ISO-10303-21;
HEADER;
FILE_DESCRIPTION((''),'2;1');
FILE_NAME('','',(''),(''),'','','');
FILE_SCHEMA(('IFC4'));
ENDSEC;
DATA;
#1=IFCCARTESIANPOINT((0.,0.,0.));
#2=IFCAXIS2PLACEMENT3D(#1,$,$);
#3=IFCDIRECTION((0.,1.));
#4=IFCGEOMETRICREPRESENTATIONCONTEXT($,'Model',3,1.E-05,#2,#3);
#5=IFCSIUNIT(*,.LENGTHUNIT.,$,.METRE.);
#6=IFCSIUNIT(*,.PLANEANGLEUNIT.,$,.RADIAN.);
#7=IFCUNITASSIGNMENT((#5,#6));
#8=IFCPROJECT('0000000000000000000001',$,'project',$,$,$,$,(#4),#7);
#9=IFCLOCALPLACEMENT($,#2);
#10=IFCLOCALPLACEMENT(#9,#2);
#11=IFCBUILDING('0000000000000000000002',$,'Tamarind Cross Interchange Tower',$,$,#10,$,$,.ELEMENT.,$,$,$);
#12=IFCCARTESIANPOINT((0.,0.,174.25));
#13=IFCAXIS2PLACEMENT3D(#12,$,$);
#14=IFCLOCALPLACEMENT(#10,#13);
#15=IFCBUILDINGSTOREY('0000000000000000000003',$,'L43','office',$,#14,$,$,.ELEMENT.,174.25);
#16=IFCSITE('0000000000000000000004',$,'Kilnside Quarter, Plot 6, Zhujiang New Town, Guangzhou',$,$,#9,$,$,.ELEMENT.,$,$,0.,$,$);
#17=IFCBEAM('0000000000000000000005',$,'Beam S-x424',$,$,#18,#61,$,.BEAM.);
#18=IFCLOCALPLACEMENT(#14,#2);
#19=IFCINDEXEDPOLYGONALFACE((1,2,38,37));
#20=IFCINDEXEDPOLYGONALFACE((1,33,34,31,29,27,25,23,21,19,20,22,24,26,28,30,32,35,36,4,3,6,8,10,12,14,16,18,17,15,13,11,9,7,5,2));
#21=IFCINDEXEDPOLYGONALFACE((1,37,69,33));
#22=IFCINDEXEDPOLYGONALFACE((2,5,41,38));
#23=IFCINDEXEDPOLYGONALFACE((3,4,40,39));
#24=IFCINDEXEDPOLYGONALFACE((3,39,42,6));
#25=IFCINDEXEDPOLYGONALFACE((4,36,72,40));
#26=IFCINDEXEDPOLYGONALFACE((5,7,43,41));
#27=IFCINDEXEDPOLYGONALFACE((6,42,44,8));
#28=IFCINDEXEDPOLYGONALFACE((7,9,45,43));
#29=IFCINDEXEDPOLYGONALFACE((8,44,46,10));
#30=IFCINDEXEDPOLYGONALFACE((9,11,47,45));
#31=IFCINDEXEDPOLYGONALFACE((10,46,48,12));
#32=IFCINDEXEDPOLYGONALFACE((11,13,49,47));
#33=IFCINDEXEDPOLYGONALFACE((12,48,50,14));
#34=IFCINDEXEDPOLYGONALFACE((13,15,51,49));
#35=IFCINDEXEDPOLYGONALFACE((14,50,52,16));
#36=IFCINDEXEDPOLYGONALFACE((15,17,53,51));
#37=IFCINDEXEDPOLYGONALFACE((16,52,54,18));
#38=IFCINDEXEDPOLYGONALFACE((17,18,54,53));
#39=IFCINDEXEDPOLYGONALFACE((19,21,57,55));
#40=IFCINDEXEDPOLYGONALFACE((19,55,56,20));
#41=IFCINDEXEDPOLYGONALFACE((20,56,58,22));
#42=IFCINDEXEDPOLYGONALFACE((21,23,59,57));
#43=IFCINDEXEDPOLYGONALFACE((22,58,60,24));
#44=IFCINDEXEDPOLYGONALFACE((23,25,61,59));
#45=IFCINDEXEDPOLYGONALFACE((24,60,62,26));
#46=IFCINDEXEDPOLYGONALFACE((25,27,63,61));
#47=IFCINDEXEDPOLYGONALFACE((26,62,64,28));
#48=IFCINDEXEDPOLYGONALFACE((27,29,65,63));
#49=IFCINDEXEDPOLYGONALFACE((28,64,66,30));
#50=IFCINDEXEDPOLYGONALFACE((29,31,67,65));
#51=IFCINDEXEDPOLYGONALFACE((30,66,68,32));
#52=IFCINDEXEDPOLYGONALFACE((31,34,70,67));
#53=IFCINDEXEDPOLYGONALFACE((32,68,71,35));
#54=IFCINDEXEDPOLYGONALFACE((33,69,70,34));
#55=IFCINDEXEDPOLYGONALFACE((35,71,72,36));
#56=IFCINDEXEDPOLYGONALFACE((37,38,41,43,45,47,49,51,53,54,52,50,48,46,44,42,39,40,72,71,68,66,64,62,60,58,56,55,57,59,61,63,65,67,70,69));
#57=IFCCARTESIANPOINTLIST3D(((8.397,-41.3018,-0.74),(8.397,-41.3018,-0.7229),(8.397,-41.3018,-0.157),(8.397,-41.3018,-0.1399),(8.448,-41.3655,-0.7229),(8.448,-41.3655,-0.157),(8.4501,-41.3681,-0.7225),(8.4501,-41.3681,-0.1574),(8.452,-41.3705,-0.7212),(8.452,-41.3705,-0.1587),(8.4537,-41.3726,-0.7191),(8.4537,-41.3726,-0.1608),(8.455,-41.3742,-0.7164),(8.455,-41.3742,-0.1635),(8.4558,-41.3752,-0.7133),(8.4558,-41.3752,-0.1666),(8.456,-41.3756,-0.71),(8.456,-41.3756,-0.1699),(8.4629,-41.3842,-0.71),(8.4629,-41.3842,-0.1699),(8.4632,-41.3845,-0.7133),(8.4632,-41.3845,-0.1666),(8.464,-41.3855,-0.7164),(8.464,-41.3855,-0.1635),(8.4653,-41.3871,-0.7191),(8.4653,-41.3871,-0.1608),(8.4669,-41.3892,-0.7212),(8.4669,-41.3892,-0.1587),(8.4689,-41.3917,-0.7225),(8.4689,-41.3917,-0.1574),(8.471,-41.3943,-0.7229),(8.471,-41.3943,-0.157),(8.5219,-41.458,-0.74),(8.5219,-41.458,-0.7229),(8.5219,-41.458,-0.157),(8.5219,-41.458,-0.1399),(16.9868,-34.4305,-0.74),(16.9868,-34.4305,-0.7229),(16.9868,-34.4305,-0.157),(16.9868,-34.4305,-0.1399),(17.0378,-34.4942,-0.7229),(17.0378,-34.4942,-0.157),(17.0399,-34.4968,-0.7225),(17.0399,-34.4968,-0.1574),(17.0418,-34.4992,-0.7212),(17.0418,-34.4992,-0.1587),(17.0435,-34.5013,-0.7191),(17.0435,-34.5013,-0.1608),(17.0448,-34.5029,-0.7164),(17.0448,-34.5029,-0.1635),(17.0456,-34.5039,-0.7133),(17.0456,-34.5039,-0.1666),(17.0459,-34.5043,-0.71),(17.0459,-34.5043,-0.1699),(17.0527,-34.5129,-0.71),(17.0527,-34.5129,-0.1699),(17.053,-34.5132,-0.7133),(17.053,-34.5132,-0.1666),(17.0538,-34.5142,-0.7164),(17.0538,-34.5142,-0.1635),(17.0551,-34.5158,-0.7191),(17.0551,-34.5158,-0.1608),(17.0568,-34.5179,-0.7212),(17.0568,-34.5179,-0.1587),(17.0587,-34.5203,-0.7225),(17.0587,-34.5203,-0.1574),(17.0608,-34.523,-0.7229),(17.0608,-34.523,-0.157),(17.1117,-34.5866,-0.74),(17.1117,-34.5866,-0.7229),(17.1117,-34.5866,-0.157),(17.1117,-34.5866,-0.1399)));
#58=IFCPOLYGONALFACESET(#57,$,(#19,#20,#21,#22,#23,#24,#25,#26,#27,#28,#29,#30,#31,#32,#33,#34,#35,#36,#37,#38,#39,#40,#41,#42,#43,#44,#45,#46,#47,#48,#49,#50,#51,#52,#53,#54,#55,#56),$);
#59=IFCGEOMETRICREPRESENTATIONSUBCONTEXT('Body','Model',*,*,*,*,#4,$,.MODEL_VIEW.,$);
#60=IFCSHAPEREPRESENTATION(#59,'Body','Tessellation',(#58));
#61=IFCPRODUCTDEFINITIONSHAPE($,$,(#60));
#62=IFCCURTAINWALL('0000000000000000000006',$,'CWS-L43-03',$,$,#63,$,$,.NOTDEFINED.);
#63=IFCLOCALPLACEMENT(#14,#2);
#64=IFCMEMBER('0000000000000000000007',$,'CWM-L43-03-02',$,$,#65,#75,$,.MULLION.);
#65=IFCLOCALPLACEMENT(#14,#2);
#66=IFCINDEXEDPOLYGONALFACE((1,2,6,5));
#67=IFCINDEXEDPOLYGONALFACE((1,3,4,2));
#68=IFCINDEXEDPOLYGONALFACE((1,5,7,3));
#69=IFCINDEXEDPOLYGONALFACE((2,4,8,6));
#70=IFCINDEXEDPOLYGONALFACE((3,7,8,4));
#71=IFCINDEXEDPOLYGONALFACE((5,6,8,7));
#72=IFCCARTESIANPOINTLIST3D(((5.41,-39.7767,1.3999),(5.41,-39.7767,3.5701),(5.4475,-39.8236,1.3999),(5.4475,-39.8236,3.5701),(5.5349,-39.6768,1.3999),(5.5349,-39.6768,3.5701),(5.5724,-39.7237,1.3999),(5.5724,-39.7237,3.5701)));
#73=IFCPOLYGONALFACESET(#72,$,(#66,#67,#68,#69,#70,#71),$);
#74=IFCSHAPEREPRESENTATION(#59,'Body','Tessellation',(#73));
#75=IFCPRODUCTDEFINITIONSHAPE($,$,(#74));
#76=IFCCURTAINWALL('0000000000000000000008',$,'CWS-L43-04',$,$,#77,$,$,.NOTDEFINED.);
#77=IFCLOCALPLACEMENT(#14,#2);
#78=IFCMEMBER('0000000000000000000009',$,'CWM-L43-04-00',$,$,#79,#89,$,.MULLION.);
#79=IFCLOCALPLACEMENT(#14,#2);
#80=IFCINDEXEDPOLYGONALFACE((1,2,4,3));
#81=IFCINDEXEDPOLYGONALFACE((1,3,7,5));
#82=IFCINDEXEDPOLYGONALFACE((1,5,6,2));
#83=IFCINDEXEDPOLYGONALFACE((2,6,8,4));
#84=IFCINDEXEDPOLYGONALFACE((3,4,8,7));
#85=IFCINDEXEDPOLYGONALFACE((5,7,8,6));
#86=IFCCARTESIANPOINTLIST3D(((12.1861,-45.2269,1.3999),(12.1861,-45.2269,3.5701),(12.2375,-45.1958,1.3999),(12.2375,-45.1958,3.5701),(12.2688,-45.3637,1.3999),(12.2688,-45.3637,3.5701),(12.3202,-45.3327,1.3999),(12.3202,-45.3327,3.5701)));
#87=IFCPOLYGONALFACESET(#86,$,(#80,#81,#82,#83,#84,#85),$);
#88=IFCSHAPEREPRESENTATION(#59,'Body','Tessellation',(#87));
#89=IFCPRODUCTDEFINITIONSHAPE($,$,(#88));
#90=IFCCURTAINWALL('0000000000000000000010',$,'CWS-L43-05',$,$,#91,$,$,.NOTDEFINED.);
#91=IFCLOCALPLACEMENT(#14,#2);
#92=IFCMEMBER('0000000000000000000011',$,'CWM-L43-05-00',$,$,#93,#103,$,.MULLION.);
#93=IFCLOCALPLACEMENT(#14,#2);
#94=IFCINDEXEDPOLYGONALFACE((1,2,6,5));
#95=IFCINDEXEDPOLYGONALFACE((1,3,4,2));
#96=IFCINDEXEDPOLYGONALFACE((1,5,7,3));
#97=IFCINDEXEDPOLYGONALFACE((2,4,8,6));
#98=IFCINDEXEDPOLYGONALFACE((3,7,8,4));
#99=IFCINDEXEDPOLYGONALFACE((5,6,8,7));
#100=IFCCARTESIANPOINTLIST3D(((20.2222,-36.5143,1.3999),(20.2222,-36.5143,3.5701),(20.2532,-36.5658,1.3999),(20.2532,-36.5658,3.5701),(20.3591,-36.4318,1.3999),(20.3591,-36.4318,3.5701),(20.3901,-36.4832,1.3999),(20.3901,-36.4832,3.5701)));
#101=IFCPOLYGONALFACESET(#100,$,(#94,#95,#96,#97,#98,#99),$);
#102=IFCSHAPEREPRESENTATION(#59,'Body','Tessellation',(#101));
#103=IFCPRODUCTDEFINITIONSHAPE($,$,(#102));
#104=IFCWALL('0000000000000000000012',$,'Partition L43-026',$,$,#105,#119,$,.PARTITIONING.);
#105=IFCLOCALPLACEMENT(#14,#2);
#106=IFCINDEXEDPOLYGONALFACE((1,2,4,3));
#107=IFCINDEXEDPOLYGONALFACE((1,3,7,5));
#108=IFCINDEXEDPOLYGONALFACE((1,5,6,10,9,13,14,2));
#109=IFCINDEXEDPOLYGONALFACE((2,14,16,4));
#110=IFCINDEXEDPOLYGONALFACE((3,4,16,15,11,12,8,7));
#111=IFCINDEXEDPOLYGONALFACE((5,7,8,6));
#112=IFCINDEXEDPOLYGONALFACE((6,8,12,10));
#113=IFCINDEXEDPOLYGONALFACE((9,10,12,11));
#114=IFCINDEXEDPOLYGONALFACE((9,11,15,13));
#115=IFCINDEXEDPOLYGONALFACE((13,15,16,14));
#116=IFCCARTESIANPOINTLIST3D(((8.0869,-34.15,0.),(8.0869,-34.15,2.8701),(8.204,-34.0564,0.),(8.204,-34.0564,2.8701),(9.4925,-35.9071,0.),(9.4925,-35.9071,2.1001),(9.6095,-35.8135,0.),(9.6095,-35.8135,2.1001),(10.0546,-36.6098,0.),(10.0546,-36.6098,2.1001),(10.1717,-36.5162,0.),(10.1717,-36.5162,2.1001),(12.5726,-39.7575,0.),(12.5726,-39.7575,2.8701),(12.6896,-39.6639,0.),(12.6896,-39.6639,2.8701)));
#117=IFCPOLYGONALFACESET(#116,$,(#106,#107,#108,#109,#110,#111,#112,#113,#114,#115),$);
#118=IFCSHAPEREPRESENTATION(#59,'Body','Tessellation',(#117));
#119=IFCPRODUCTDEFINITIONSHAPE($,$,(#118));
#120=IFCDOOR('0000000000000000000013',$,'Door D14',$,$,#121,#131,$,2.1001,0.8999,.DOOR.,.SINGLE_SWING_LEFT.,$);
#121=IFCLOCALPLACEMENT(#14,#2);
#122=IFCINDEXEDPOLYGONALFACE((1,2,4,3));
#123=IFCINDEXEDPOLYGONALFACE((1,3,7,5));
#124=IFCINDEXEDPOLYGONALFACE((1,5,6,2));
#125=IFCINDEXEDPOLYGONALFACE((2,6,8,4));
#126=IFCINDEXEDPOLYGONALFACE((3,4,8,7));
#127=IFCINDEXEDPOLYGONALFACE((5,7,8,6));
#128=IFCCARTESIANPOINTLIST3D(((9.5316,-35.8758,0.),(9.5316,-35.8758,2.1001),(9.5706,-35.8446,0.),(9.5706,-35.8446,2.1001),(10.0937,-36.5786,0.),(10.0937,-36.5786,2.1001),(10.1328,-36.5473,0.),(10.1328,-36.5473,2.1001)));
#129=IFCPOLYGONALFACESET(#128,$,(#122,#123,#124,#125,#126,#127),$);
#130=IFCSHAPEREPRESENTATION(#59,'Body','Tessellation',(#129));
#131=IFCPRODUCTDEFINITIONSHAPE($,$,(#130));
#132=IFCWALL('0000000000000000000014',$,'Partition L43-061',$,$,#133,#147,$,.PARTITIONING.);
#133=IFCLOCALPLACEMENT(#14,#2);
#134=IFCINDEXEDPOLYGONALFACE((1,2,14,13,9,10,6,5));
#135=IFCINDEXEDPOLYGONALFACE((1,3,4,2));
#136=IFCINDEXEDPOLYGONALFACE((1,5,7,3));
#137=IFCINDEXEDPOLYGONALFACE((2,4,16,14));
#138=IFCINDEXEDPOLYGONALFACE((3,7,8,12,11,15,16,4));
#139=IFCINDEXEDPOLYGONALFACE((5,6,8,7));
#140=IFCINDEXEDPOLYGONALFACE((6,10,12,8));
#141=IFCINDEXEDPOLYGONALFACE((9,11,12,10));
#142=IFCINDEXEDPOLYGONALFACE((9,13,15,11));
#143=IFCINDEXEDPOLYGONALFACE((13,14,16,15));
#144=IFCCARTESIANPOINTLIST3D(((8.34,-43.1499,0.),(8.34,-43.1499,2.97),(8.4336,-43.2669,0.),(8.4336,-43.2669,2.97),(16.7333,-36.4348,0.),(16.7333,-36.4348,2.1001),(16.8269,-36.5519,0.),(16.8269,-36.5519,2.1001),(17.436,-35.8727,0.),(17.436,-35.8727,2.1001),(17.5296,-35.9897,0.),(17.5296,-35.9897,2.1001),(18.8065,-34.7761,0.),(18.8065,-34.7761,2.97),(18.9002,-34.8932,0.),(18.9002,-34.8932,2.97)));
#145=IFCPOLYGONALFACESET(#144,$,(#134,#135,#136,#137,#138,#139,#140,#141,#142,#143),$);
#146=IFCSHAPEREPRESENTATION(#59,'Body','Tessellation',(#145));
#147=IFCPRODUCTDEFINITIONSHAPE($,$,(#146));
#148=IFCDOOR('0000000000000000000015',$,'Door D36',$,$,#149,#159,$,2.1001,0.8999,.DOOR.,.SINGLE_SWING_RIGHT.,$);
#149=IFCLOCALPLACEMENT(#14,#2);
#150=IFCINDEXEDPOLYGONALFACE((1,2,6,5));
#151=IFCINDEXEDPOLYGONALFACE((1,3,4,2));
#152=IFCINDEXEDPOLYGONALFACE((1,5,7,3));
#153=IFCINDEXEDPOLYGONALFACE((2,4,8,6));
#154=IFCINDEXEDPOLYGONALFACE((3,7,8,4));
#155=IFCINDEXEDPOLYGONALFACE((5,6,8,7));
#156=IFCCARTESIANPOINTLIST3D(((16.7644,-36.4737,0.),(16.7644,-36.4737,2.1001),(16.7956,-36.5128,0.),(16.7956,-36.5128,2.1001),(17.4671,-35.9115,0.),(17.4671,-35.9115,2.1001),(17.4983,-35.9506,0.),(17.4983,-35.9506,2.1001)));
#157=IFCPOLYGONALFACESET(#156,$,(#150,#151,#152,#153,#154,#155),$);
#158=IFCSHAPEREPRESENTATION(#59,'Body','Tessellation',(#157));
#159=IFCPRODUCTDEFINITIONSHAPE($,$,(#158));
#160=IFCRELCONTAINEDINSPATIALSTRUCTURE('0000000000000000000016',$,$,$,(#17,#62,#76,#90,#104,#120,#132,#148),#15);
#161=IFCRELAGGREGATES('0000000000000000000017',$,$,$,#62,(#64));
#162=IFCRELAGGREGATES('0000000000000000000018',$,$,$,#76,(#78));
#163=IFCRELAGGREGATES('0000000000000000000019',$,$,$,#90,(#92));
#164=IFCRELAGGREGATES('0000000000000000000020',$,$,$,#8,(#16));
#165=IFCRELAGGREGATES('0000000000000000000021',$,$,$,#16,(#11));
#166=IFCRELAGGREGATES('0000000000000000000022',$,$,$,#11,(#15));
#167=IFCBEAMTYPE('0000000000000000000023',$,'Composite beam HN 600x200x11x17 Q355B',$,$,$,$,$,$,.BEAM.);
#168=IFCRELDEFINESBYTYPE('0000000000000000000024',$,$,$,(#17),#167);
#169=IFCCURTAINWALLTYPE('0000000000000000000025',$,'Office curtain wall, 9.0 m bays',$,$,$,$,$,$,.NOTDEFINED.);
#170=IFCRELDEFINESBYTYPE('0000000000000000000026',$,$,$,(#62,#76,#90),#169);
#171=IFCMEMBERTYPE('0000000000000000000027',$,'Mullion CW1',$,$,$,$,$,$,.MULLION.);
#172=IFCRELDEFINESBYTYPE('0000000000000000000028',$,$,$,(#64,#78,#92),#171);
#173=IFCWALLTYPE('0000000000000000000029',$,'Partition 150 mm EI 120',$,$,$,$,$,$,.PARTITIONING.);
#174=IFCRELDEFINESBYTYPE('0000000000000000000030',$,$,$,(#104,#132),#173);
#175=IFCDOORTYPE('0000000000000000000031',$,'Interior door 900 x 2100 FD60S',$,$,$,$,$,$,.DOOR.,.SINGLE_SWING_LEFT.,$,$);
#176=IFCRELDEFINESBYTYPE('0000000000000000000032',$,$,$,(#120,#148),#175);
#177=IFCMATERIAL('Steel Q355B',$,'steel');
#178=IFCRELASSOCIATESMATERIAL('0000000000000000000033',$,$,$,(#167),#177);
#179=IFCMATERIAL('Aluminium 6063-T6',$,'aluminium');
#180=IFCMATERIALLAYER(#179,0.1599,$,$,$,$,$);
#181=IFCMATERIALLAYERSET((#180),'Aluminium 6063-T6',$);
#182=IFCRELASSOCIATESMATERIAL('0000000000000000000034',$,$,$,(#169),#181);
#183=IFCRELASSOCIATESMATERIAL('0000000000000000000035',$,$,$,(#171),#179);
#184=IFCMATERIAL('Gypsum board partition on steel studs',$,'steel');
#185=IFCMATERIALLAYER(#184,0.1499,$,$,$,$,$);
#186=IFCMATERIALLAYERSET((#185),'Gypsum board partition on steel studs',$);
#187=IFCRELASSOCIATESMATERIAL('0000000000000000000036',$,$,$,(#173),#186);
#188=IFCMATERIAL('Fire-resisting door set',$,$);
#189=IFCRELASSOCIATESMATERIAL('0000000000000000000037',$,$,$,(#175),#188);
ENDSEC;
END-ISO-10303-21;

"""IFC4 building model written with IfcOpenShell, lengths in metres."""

from ifc_helpers import new_model, si_unit, direction, frame, frame_2d, origin, origin_2d, place, context, subcontext, project, spatial, rectangle, i_section, extrude, material, layer, layer_set, material_profile, profile_set, type_object, element, fill, aggregate, save


model = new_model("IFC4")

# Units and contexts
model_context = context("Model", 3, precision=1e-05, world=origin(), true_north=direction((0.0, 1.0)))
body_context = subcontext(model_context, "Body", "Model", "MODEL_VIEW")
ifc_project = project(units=[si_unit("LENGTHUNIT", "METRE"), si_unit("PLANEANGLEUNIT", "RADIAN")], contexts=[model_context])

# Site, building, storey
site_placement = place(None, origin())
site = spatial("IfcSite", under=ifc_project, at=site_placement, Name="Kilnside Quarter, Plot 6, Zhujiang New Town, Guangzhou", CompositionType="ELEMENT", RefElevation=0.0)
building_placement = place(site_placement, origin())
building = spatial("IfcBuilding", under=site, at=building_placement, Name="Tamarind Cross Interchange Tower", CompositionType="ELEMENT")
storey_placement = place(building_placement, frame((0.0, 0.0, 174.25)))
storey = spatial("IfcBuildingStorey", under=building, at=storey_placement, Name="L43", Description="office", CompositionType="ELEMENT", Elevation=174.25)

# Beam
ifc_material_1 = material(Name="Steel Q355B", Category="steel")
ifc_material_profile_1 = material_profile(ifc_material_1, i_section(OverallWidth=0.2, OverallDepth=0.6001, WebThickness=0.011, FlangeThickness=0.0171, FilletRadius=0.0129, at=origin_2d()), Name="HN 600x200x11x17")
ifc_profile_set_1 = profile_set([ifc_material_profile_1], Name="Steel Q355B")
beam_type_1 = type_object("IfcBeamType", Name="Composite beam HN 600x200x11x17 Q355B", PredefinedType="BEAM", material=ifc_profile_set_1)
for number, where, z_axis, x_axis, name in (
    (1, (8.4595, -41.3799, -0.4399), (0.780893, 0.624665, 0.0), (-0.624665, 0.780893, 0.0), "Beam S-x424"),
):
    element("IfcBeam", number, at=place(storey_placement, frame(where, z_axis=z_axis, x_axis=x_axis)), inside=storey, type_object=beam_type_1, Name=name, PredefinedType="BEAM", context=body_context, shape_type="SweptSolid", body=[
        extrude(i_section(OverallWidth=0.2, OverallDepth=0.6001, WebThickness=0.011, FlangeThickness=0.0171, FilletRadius=0.0129, at=origin_2d()), origin(), (0.0, 0.0, 1.0), 11.0),
    ])

# Curtain walls, members
ifc_material_2 = material(Name="Aluminium 6063-T6", Category="aluminium")
ifc_layer_1 = layer(ifc_material_2, 0.1599)
ifc_layer_set_1 = layer_set([ifc_layer_1], Name="Aluminium 6063-T6")
curtain_wall_type = type_object("IfcCurtainWallType", Name="Office curtain wall, 9.0 m bays", PredefinedType="NOTDEFINED", material=ifc_layer_set_1)
curtain_wall_1_placement = place(storey_placement, origin())
curtain_wall_1 = element("IfcCurtainWall", 2, at=curtain_wall_1_placement, inside=storey, type_object=curtain_wall_type, Name="CWS-L43-03", PredefinedType="NOTDEFINED")
ifc_material_profile_2 = material_profile(ifc_material_2, rectangle(XDim=0.0601, YDim=0.1599, at=origin_2d()), Name="Mullion CW1")
ifc_profile_set_2 = profile_set([ifc_material_profile_2], Name="Aluminium 6063-T6")
member_type = type_object("IfcMemberType", Name="Mullion CW1", PredefinedType="MULLION", material=ifc_profile_set_2)
member_1_placement = place(storey_placement, frame((5.4912, -39.7502, 1.3999), z_axis=(0.0, 0.0, 1.0), x_axis=(0.624665, -0.780893, 0.0)))
member_1 = element("IfcMember", 3, at=member_1_placement, type_object=member_type, Name="CWM-L43-03-02", PredefinedType="MULLION", context=body_context, shape_type="SweptSolid", body=[
    extrude(rectangle(XDim=0.0601, YDim=0.1599, at=origin_2d()), origin(), (0.0, 0.0, 1.0), 2.1702),
])
aggregate(curtain_wall_1, [member_1])
curtain_wall_2_placement = place(storey_placement, origin())
curtain_wall_2 = element("IfcCurtainWall", 4, at=curtain_wall_2_placement, inside=storey, type_object=curtain_wall_type, Name="CWS-L43-04", PredefinedType="NOTDEFINED")
member_2_placement = place(storey_placement, frame((12.2532, -45.2798, 1.3999), z_axis=(0.0, 0.0, 1.0), x_axis=(0.855747, 0.517394, 0.0)))
member_2 = element("IfcMember", 5, at=member_2_placement, type_object=member_type, Name="CWM-L43-04-00", PredefinedType="MULLION", context=body_context, shape_type="SweptSolid", body=[
    extrude(rectangle(XDim=0.0601, YDim=0.1599, at=origin_2d()), origin(), (0.0, 0.0, 1.0), 2.1702),
])
aggregate(curtain_wall_2, [member_2])
curtain_wall_3_placement = place(storey_placement, origin())
curtain_wall_3 = element("IfcCurtainWall", 6, at=curtain_wall_3_placement, inside=storey, type_object=curtain_wall_type, Name="CWS-L43-05", PredefinedType="NOTDEFINED")
member_3_placement = place(storey_placement, frame((20.3062, -36.4988, 1.3999), z_axis=(0.0, 0.0, 1.0), x_axis=(-0.516222, 0.856455, 0.0)))
member_3 = element("IfcMember", 7, at=member_3_placement, type_object=member_type, Name="CWM-L43-05-00", PredefinedType="MULLION", context=body_context, shape_type="SweptSolid", body=[
    extrude(rectangle(XDim=0.0601, YDim=0.1599, at=origin_2d()), origin(), (0.0, 0.0, 1.0), 2.1702),
])
aggregate(curtain_wall_3, [member_3])

# Walls, openings, doors
ifc_material_3 = material(Name="Gypsum board partition on steel studs", Category="steel")
ifc_layer_2 = layer(ifc_material_3, 0.1499)
ifc_layer_set_2 = layer_set([ifc_layer_2], Name="Gypsum board partition on steel studs")
wall_type = type_object("IfcWallType", Name="Partition 150 mm EI 120", PredefinedType="PARTITIONING", material=ifc_layer_set_2)
wall_1_placement = place(storey_placement, frame((8.1455, -34.1033, 0.0), z_axis=(0.0, 0.0, 1.0), x_axis=(0.624666, -0.780892, 0.0)))
wall_1 = element("IfcWall", 8, at=wall_1_placement, inside=storey, type_object=wall_type, Name="Partition L43-026", PredefinedType="PARTITIONING", context=body_context, shape_type="SweptSolid", body=[
    extrude(rectangle(XDim=7.1809, YDim=0.1499, at=frame_2d((3.5903, 0.0))), origin(), (0.0, 0.0, 1.0), 2.8701),
])
opening_1_placement = place(wall_1_placement, frame((2.25, 0.0, 0.0)))
opening_1 = element("IfcOpeningElement", 9, at=opening_1_placement, cuts=wall_1, PredefinedType="OPENING", context=body_context, shape_type="SweptSolid", body=[
    extrude(rectangle(XDim=0.8999, YDim=2.1001, at=frame_2d((0.45, 1.05))), frame((0.0, 0.085, 0.0), z_axis=(0.0, -1.0, 0.0), x_axis=(1.0, 0.0, 0.0)), (0.0, 0.0, 1.0), 0.1699),
])
ifc_material_4 = material(Name="Fire-resisting door set")
door_type = type_object("IfcDoorType", Name="Interior door 900 x 2100 FD60S", OperationType="SINGLE_SWING_LEFT", PredefinedType="DOOR", material=ifc_material_4)
door_1_placement = place(opening_1_placement, frame((0.8999, 0.0, 0.0), z_axis=(0.0, 0.0, 1.0), x_axis=(-1.0, 0.0, 0.0)))
door_1 = element("IfcDoor", 10, at=door_1_placement, inside=storey, type_object=door_type, Name="Door D14", OperationType="SINGLE_SWING_LEFT", OverallHeight=2.1001, OverallWidth=0.8999, PredefinedType="DOOR", context=body_context, shape_type="SweptSolid", body=[
    extrude(rectangle(XDim=0.8999, YDim=2.1001, at=frame_2d((0.45, 1.05))), frame((0.0, 0.0249, 0.0), z_axis=(0.0, -1.0, 0.0), x_axis=(1.0, 0.0, 0.0)), (0.0, 0.0, 1.0), 0.05),
])
fill(opening_1, door_1)
wall_2_placement = place(storey_placement, frame((8.3867, -43.2085, 0.0), z_axis=(0.0, 0.0, 1.0), x_axis=(0.780849, 0.624719, 0.0)))
wall_2 = element("IfcWall", 11, at=wall_2_placement, inside=storey, type_object=wall_type, Name="Partition L43-061", PredefinedType="PARTITIONING", context=body_context, shape_type="SweptSolid", body=[
    extrude(rectangle(XDim=13.4041, YDim=0.1499, at=frame_2d((6.7021, 0.0))), origin(), (0.0, 0.0, 1.0), 2.97),
])
opening_2_placement = place(wall_2_placement, frame((10.749, 0.0, 0.0)))
opening_2 = element("IfcOpeningElement", 12, at=opening_2_placement, cuts=wall_2, PredefinedType="OPENING", context=body_context, shape_type="SweptSolid", body=[
    extrude(rectangle(XDim=0.8999, YDim=2.1001, at=frame_2d((0.45, 1.05))), frame((0.0, 0.085, 0.0), z_axis=(0.0, -1.0, 0.0), x_axis=(1.0, 0.0, 0.0)), (0.0, 0.0, 1.0), 0.1699),
])
door_2_placement = place(opening_2_placement, frame((0.8999, 0.0, 0.0), z_axis=(0.0, 0.0, 1.0), x_axis=(-1.0, 0.0, 0.0)))
door_2 = element("IfcDoor", 13, at=door_2_placement, inside=storey, type_object=door_type, Name="Door D36", OperationType="SINGLE_SWING_RIGHT", OverallHeight=2.1001, OverallWidth=0.8999, PredefinedType="DOOR", context=body_context, shape_type="SweptSolid", body=[
    extrude(rectangle(XDim=0.8999, YDim=2.1001, at=frame_2d((0.45, 1.05))), frame((0.0, 0.0249, 0.0), z_axis=(0.0, -1.0, 0.0), x_axis=(1.0, 0.0, 0.0)), (0.0, 0.0, 1.0), 0.05),
])
fill(opening_2, door_2)

save(model, "model.ifc")
